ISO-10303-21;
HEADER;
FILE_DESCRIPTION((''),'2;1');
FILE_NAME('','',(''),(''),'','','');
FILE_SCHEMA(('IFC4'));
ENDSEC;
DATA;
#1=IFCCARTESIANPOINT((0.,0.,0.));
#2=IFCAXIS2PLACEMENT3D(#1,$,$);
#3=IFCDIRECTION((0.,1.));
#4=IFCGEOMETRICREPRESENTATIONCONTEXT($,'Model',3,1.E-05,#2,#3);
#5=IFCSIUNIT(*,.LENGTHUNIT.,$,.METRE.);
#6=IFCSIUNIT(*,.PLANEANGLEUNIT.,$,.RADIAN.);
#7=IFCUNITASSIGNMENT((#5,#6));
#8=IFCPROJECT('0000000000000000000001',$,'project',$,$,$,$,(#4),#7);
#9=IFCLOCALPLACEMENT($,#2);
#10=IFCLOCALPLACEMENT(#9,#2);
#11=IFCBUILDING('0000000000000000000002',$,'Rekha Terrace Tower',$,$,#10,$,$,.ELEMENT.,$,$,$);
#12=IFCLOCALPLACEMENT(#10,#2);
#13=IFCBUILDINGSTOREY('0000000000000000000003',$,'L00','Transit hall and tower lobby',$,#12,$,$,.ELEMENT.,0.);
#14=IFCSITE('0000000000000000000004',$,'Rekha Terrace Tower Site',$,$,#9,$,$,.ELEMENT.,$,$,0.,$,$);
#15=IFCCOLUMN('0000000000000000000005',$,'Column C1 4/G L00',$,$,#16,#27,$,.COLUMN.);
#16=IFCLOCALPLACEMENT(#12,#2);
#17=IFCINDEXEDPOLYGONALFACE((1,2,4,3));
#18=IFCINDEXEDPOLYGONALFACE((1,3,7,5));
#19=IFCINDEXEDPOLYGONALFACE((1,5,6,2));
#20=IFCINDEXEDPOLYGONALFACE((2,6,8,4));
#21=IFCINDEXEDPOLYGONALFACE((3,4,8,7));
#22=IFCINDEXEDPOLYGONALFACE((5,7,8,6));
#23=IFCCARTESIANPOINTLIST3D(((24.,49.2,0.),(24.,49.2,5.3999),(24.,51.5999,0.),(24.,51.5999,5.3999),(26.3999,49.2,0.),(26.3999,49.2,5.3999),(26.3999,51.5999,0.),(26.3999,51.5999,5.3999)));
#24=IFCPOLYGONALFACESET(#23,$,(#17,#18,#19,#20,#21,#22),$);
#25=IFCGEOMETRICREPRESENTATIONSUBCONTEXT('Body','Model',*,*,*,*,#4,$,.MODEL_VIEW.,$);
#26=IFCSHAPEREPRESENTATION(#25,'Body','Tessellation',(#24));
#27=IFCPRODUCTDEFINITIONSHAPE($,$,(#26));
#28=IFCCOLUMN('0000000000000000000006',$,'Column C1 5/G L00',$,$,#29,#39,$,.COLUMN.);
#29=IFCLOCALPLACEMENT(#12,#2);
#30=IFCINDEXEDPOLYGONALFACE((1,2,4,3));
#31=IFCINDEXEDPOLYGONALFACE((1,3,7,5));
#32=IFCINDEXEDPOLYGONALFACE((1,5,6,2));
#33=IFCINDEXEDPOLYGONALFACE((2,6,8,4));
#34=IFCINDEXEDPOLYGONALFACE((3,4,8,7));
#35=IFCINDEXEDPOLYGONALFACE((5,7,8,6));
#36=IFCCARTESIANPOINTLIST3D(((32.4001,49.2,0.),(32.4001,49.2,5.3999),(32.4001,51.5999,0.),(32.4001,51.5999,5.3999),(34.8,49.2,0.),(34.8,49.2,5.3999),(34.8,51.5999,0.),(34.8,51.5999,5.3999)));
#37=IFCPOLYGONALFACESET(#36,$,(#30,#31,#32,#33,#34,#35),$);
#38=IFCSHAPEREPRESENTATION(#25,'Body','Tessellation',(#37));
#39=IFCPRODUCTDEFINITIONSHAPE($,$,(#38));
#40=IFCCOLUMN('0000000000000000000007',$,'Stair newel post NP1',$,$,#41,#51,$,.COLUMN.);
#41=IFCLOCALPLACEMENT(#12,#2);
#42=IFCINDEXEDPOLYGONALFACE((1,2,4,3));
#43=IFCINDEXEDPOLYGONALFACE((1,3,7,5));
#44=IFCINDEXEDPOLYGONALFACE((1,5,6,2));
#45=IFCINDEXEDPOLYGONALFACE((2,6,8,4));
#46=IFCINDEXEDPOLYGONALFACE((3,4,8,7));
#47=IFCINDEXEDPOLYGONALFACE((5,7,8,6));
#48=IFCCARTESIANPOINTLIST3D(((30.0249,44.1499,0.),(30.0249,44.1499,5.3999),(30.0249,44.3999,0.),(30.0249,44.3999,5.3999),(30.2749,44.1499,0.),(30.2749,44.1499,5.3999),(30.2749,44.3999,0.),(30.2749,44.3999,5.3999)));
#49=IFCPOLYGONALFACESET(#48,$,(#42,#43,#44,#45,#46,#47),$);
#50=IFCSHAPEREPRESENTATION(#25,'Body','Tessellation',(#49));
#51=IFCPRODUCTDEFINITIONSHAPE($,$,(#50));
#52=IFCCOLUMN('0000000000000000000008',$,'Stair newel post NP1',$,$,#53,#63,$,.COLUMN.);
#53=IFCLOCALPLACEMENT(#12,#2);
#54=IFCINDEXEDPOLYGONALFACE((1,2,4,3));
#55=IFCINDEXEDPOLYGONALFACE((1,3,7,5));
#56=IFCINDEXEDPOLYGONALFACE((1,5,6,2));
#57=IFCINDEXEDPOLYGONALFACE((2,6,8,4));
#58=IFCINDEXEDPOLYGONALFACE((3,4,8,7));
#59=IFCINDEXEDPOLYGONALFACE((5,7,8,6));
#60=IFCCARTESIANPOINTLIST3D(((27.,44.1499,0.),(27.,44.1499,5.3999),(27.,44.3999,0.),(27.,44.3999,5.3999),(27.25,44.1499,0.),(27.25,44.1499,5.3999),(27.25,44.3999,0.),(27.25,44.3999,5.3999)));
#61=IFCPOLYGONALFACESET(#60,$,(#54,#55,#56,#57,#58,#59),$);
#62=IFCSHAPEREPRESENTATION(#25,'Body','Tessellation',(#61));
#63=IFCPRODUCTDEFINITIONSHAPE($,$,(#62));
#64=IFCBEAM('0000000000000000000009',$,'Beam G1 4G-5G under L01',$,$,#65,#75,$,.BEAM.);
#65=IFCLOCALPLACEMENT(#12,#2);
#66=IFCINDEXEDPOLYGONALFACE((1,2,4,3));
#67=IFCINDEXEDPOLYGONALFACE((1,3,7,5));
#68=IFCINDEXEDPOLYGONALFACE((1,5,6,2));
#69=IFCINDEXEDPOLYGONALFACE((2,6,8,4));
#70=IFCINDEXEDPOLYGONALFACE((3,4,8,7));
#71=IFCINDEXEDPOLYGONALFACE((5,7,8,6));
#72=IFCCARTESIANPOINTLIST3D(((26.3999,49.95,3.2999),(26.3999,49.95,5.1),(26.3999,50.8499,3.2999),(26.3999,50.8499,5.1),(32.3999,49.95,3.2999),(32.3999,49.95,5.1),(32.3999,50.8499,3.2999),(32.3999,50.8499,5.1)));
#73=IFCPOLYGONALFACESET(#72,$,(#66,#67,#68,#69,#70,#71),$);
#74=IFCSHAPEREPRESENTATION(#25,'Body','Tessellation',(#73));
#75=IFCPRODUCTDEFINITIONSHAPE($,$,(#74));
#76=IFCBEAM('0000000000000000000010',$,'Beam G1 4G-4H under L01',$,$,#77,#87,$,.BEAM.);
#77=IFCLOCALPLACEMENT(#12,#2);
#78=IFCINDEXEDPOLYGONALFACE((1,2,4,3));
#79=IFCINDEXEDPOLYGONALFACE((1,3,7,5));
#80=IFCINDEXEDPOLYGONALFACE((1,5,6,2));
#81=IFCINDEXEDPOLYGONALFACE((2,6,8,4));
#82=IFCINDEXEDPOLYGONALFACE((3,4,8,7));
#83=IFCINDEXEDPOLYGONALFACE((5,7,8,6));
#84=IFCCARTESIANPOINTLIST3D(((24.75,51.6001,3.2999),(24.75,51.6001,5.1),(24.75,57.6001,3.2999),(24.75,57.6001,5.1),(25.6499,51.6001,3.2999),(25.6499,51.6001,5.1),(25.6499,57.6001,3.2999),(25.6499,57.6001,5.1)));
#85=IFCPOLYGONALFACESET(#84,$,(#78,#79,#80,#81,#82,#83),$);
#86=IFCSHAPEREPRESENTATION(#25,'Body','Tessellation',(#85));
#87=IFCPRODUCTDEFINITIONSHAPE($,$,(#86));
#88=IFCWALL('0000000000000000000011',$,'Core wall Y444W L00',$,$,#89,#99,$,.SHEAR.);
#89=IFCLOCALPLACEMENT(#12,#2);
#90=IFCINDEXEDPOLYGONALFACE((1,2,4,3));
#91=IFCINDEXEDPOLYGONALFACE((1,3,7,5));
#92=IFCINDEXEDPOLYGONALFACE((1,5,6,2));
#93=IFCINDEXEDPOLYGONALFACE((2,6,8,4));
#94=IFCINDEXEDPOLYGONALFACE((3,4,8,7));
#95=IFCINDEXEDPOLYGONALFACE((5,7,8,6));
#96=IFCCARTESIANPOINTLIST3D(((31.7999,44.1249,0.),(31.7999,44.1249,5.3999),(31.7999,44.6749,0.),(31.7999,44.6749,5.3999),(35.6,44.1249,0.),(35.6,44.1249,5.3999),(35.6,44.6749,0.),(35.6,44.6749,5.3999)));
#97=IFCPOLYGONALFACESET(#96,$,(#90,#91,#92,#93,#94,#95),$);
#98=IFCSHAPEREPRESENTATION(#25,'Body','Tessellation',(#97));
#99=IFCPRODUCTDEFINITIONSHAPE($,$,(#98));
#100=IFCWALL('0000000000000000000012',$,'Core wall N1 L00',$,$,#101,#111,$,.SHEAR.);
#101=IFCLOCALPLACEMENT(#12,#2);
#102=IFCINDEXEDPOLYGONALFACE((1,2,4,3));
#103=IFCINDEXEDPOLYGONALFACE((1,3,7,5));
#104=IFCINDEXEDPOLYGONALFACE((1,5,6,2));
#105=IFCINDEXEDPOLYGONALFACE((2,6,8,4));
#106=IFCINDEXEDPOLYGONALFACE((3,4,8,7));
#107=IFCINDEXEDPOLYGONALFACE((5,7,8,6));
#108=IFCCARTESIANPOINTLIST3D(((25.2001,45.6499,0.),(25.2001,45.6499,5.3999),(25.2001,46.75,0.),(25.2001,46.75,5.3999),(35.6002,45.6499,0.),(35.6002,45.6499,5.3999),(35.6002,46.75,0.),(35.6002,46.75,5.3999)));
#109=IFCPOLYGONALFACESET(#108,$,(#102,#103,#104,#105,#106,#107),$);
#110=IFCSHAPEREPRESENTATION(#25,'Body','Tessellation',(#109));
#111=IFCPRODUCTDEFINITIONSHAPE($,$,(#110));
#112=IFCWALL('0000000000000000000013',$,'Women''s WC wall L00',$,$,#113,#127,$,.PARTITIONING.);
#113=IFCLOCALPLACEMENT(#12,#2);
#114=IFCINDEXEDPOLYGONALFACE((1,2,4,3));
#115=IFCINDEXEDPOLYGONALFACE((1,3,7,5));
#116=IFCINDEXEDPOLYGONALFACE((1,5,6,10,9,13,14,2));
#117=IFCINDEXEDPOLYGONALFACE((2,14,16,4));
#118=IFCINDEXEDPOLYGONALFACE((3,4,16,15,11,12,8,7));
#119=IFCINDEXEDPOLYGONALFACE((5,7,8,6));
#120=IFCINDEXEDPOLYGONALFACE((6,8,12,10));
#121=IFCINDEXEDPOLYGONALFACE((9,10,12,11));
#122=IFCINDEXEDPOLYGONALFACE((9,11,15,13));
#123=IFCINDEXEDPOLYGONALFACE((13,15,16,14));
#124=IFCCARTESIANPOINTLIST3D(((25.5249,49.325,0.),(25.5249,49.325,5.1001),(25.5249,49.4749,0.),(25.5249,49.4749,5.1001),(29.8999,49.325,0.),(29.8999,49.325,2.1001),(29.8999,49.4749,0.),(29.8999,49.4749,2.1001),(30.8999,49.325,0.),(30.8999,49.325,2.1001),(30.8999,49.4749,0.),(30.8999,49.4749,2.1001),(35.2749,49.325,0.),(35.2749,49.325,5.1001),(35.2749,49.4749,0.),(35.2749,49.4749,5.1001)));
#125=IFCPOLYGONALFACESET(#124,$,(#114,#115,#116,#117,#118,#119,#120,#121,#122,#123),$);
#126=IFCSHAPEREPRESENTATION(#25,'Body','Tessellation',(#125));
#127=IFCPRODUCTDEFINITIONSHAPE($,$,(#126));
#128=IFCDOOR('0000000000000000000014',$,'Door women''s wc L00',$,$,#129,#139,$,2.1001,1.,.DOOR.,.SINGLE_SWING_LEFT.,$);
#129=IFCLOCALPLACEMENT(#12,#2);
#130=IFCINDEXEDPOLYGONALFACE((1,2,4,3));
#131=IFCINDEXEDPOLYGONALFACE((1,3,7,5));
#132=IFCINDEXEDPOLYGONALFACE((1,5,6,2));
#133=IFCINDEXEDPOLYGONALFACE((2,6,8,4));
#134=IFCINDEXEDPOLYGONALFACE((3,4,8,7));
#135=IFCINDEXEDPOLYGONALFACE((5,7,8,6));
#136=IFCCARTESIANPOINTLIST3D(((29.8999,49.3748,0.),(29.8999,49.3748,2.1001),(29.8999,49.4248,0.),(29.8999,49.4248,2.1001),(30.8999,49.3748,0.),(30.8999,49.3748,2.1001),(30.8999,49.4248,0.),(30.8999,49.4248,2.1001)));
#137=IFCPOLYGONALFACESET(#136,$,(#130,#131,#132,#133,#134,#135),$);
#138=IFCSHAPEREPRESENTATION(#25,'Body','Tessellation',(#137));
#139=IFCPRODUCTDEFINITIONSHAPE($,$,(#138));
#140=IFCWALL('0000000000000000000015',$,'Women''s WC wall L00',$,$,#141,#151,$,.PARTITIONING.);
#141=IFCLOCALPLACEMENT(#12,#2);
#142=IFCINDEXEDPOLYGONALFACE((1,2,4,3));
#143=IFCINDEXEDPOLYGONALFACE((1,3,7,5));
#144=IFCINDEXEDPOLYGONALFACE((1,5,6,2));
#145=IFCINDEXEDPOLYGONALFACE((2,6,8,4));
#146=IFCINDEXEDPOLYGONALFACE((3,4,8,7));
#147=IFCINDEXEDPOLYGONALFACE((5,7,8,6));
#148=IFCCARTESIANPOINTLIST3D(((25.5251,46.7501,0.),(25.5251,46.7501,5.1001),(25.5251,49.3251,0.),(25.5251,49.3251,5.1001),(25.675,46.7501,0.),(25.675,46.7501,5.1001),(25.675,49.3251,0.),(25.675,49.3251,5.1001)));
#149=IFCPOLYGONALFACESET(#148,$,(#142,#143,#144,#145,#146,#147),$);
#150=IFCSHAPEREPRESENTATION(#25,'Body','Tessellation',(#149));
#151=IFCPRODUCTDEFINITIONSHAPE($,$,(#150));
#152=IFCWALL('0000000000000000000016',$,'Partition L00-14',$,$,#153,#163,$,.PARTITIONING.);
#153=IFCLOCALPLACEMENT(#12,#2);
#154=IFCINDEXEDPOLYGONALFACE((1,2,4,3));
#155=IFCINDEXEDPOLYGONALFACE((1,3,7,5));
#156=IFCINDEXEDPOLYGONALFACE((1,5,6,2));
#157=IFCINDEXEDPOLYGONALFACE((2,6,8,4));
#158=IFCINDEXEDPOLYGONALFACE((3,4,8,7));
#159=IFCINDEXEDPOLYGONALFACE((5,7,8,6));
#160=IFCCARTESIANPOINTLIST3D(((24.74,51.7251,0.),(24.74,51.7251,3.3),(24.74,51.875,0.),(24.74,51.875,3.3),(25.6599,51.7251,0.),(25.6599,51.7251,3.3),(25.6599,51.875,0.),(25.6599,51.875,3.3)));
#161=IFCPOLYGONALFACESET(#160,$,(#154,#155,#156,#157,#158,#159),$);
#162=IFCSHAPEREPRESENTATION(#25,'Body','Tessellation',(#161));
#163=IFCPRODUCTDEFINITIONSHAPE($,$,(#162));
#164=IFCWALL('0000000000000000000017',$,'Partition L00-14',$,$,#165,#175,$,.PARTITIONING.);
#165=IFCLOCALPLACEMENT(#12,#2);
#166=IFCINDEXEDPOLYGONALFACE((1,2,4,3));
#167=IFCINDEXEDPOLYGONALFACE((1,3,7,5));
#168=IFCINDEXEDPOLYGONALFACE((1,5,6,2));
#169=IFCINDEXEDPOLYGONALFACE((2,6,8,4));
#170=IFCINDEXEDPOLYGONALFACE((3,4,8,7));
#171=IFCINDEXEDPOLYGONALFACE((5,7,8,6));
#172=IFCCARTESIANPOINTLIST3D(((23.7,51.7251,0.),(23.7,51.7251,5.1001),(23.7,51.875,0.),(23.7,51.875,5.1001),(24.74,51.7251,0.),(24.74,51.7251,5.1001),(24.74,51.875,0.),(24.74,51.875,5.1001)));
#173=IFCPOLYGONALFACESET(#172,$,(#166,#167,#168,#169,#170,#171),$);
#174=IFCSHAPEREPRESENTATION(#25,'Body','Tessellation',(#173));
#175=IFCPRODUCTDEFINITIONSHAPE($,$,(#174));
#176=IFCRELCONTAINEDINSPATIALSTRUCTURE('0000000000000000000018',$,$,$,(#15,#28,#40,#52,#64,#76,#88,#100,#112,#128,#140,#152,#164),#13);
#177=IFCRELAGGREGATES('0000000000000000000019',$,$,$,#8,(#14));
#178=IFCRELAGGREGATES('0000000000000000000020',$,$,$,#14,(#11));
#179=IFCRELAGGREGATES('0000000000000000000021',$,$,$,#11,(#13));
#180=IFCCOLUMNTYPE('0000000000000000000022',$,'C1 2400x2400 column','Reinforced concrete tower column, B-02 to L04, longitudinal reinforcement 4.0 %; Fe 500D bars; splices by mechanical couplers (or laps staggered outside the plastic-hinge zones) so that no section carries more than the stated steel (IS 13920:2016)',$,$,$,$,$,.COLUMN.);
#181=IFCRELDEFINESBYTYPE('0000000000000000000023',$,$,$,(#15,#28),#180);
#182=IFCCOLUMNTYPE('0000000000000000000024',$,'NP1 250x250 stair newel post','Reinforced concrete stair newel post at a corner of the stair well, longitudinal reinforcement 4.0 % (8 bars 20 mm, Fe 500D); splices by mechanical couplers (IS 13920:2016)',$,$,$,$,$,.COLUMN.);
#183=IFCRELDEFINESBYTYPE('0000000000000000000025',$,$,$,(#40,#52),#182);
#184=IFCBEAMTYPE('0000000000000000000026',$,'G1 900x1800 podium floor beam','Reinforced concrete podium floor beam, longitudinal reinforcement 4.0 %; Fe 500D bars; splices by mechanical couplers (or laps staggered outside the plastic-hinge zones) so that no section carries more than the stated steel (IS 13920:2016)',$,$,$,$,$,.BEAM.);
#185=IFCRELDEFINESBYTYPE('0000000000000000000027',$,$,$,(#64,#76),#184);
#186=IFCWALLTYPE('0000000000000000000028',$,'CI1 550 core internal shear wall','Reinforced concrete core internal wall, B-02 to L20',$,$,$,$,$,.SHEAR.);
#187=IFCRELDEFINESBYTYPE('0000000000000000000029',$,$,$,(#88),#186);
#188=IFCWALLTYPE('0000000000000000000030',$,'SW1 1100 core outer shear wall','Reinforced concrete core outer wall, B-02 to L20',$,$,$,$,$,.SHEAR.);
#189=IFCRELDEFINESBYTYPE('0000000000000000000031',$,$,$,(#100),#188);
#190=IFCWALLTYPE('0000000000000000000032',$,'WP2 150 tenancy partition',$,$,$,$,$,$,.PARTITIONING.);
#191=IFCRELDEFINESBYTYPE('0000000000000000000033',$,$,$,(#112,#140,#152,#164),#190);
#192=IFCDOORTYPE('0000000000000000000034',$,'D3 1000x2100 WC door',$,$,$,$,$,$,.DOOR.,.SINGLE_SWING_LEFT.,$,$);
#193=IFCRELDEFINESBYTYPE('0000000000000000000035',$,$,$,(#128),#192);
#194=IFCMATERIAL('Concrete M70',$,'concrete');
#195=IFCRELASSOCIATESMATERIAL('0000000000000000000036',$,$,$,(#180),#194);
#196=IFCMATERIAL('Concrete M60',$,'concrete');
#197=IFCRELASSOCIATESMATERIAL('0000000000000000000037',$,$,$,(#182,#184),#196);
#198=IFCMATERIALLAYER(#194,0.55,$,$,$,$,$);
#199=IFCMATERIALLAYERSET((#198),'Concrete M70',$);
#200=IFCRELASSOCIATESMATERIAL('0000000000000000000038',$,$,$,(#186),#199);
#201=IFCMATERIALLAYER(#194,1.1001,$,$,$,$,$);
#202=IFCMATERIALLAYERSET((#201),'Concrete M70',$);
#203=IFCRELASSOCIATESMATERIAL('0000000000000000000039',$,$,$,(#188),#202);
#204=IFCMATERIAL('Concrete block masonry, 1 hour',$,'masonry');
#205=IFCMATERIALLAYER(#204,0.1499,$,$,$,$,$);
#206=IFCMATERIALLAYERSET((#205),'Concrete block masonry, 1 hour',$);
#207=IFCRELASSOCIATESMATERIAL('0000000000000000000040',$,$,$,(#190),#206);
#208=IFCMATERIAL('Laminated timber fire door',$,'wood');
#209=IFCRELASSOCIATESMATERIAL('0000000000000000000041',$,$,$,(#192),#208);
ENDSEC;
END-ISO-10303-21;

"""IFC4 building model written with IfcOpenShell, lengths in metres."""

from ifc_helpers import new_model, si_unit, direction, frame, frame_2d, origin, origin_2d, place, context, subcontext, project, spatial, rectangle, extrude, material, layer, layer_set, material_profile, profile_set, type_object, element, fill, save


model = new_model("IFC4")

# Units and contexts
model_context = context("Model", 3, precision=1e-05, world=origin(), true_north=direction((0.0, 1.0)))
body_context = subcontext(model_context, "Body", "Model", "MODEL_VIEW")
ifc_project = project(units=[si_unit("LENGTHUNIT", "METRE"), si_unit("PLANEANGLEUNIT", "RADIAN")], contexts=[model_context])

# Site, building, storey
site_placement = place(None, origin())
site = spatial("IfcSite", under=ifc_project, at=site_placement, Name="Rekha Terrace Tower Site", CompositionType="ELEMENT", RefElevation=0.0)
building_placement = place(site_placement, origin())
building = spatial("IfcBuilding", under=site, at=building_placement, Name="Rekha Terrace Tower", CompositionType="ELEMENT")
storey_placement = place(building_placement, origin())
storey = spatial("IfcBuildingStorey", under=building, at=storey_placement, Name="L00", Description="Transit hall and tower lobby", CompositionType="ELEMENT", Elevation=0.0)

# Columns
ifc_material_1 = material(Name="Concrete M70", Category="concrete")
ifc_material_profile_1 = material_profile(ifc_material_1, rectangle(XDim=2.3999, YDim=2.3999, at=origin_2d()), Name="RC 2400x2400")
ifc_profile_set_1 = profile_set([ifc_material_profile_1], Name="Concrete M70")
column_type_1 = type_object("IfcColumnType", Name="C1 2400x2400 column", Description="Reinforced concrete tower column, B-02 to L04, longitudinal reinforcement 4.0 %; Fe 500D bars; splices by mechanical couplers (or laps staggered outside the plastic-hinge zones) so that no section carries more than the stated steel (IS 13920:2016)", PredefinedType="COLUMN", material=ifc_profile_set_1)
for number, where, z_axis, x_axis, name in (
    (1, (25.2, 50.3999, 0.0), (0.0, 0.0, 1.0), (1.0, 0.0, 0.0), "Column C1 4/G L00"),
    (2, (33.6001, 50.3999, 0.0), (0.0, 0.0, 1.0), (1.0, 0.0, 0.0), "Column C1 5/G L00"),
):
    element("IfcColumn", number, at=place(storey_placement, frame(where, z_axis=z_axis, x_axis=x_axis)), inside=storey, type_object=column_type_1, Name=name, PredefinedType="COLUMN", context=body_context, shape_type="SweptSolid", body=[
        extrude(rectangle(XDim=2.3999, YDim=2.3999, at=origin_2d()), origin(), (0.0, 0.0, 1.0), 5.3999),
    ])
ifc_material_2 = material(Name="Concrete M60", Category="concrete")
ifc_material_profile_2 = material_profile(ifc_material_2, rectangle(XDim=0.25, YDim=0.25, at=origin_2d()), Name="RC 250x250")
ifc_profile_set_2 = profile_set([ifc_material_profile_2], Name="Concrete M60")
column_type_2 = type_object("IfcColumnType", Name="NP1 250x250 stair newel post", Description="Reinforced concrete stair newel post at a corner of the stair well, longitudinal reinforcement 4.0 % (8 bars 20 mm, Fe 500D); splices by mechanical couplers (IS 13920:2016)", PredefinedType="COLUMN", material=ifc_profile_set_2)
for number, where, z_axis, x_axis, name in (
    (3, (30.1499, 44.2749, 0.0), (0.0, 0.0, 1.0), (1.0, 0.0, 0.0), "Stair newel post NP1"),
    (4, (27.125, 44.2749, 0.0), (0.0, 0.0, 1.0), (1.0, 0.0, 0.0), "Stair newel post NP1"),
):
    element("IfcColumn", number, at=place(storey_placement, frame(where, z_axis=z_axis, x_axis=x_axis)), inside=storey, type_object=column_type_2, Name=name, PredefinedType="COLUMN", context=body_context, shape_type="SweptSolid", body=[
        extrude(rectangle(XDim=0.25, YDim=0.25, at=origin_2d()), origin(), (0.0, 0.0, 1.0), 5.3999),
    ])

# Beams
ifc_material_profile_3 = material_profile(ifc_material_2, rectangle(XDim=0.8999, YDim=1.8, at=origin_2d()), Name="RC 900x1800")
ifc_profile_set_3 = profile_set([ifc_material_profile_3], Name="Concrete M60")
beam_type = type_object("IfcBeamType", Name="G1 900x1800 podium floor beam", Description="Reinforced concrete podium floor beam, longitudinal reinforcement 4.0 %; Fe 500D bars; splices by mechanical couplers (or laps staggered outside the plastic-hinge zones) so that no section carries more than the stated steel (IS 13920:2016)", PredefinedType="BEAM", material=ifc_profile_set_3)
for number, where, z_axis, x_axis, name in (
    (5, (26.3999, 50.3999, 4.2), (1.0, 0.0, 0.0), (0.0, 1.0, 0.0), "Beam G1 4G-5G under L01"),
    (6, (25.2, 51.6001, 4.2), (0.0, 1.0, 0.0), (-1.0, 0.0, 0.0), "Beam G1 4G-4H under L01"),
):
    element("IfcBeam", number, at=place(storey_placement, frame(where, z_axis=z_axis, x_axis=x_axis)), inside=storey, type_object=beam_type, Name=name, PredefinedType="BEAM", context=body_context, shape_type="SweptSolid", body=[
        extrude(rectangle(XDim=0.8999, YDim=1.8, at=origin_2d()), origin(), (0.0, 0.0, 1.0), 6.0),
    ])

# Walls
ifc_layer_1 = layer(ifc_material_1, 0.55)
ifc_layer_set_1 = layer_set([ifc_layer_1], Name="Concrete M70")
wall_type_1 = type_object("IfcWallType", Name="CI1 550 core internal shear wall", Description="Reinforced concrete core internal wall, B-02 to L20", PredefinedType="SHEAR", material=ifc_layer_set_1)
wall_1_placement = place(storey_placement, frame((31.8, 44.3999, 0.0), z_axis=(0.0, 0.0, 1.0), x_axis=(1.0, 0.0, 0.0)))
element("IfcWall", 7, at=wall_1_placement, inside=storey, type_object=wall_type_1, Name="Core wall Y444W L00", PredefinedType="SHEAR", context=body_context, shape_type="SweptSolid", body=[
    extrude(rectangle(XDim=3.8, YDim=0.55, at=frame_2d((1.8999, 0.0))), origin(), (0.0, 0.0, 1.0), 5.3999),
])
ifc_layer_2 = layer(ifc_material_1, 1.1001)
ifc_layer_set_2 = layer_set([ifc_layer_2], Name="Concrete M70")
wall_type_2 = type_object("IfcWallType", Name="SW1 1100 core outer shear wall", Description="Reinforced concrete core outer wall, B-02 to L20", PredefinedType="SHEAR", material=ifc_layer_set_2)
wall_2_placement = place(storey_placement, frame((25.2, 46.2, 0.0), z_axis=(0.0, 0.0, 1.0), x_axis=(1.0, 0.0, 0.0)))
element("IfcWall", 8, at=wall_2_placement, inside=storey, type_object=wall_type_2, Name="Core wall N1 L00", PredefinedType="SHEAR", context=body_context, shape_type="SweptSolid", body=[
    extrude(rectangle(XDim=10.4001, YDim=1.1001, at=frame_2d((5.2002, 0.0))), origin(), (0.0, 0.0, 1.0), 5.3999),
])

# Wall, opening, door
ifc_material_3 = material(Name="Concrete block masonry, 1 hour", Category="masonry")
ifc_layer_3 = layer(ifc_material_3, 0.1499)
ifc_layer_set_3 = layer_set([ifc_layer_3], Name="Concrete block masonry, 1 hour")
wall_type_3 = type_object("IfcWallType", Name="WP2 150 tenancy partition", PredefinedType="PARTITIONING", material=ifc_layer_set_3)
wall_3_placement = place(storey_placement, frame((25.5249, 49.3999, 0.0), z_axis=(0.0, 0.0, 1.0), x_axis=(1.0, 0.0, 0.0)))
wall_3 = element("IfcWall", 9, at=wall_3_placement, inside=storey, type_object=wall_type_3, Name="Women's WC wall L00", PredefinedType="PARTITIONING", context=body_context, shape_type="SweptSolid", body=[
    extrude(rectangle(XDim=9.75, YDim=0.1499, at=frame_2d((4.875, 0.0))), origin(), (0.0, 0.0, 1.0), 5.1001),
])
opening_1_placement = place(wall_3_placement, frame((4.375, 0.0, 0.0)))
opening_1 = element("IfcOpeningElement", 10, at=opening_1_placement, cuts=wall_3, PredefinedType="OPENING", context=body_context, shape_type="SweptSolid", body=[
    extrude(rectangle(XDim=1.0, YDim=2.1001, at=frame_2d((0.5, 1.05))), frame((0.0, 0.085, 0.0), z_axis=(0.0, -1.0, 0.0), x_axis=(1.0, 0.0, 0.0)), (0.0, 0.0, 1.0), 0.1699),
])
ifc_material_4 = material(Name="Laminated timber fire door", Category="wood")
door_type_1 = type_object("IfcDoorType", Name="D3 1000x2100 WC door", OperationType="SINGLE_SWING_LEFT", PredefinedType="DOOR", material=ifc_material_4)
door_1_placement = place(opening_1_placement, origin())
door_1 = element("IfcDoor", 11, at=door_1_placement, inside=storey, type_object=door_type_1, Name="Door women's wc L00", OperationType="SINGLE_SWING_LEFT", OverallHeight=2.1001, OverallWidth=1.0, PredefinedType="DOOR", context=body_context, shape_type="SweptSolid", body=[
    extrude(rectangle(XDim=1.0, YDim=2.1001, at=frame_2d((0.5, 1.05))), frame((0.0, 0.0249, 0.0), z_axis=(0.0, -1.0, 0.0), x_axis=(1.0, 0.0, 0.0)), (0.0, 0.0, 1.0), 0.05),
])
fill(opening_1, door_1)

# Wall
wall_4_placement = place(storey_placement, frame((25.6001, 46.75, 0.0), z_axis=(0.0, 0.0, 1.0), x_axis=(0.0, 1.0, 0.0)))
element("IfcWall", 12, at=wall_4_placement, inside=storey, type_object=wall_type_3, Name="Women's WC wall L00", PredefinedType="PARTITIONING", context=body_context, shape_type="SweptSolid", body=[
    extrude(rectangle(XDim=2.575, YDim=0.1499, at=frame_2d((1.2876, 0.0))), origin(), (0.0, 0.0, 1.0), 5.1001),
])

# Walls
wall_5_placement = place(storey_placement, frame((25.6599, 51.8, 0.0), z_axis=(0.0, 0.0, 1.0), x_axis=(-1.0, 0.0, 0.0)))
element("IfcWall", 13, at=wall_5_placement, inside=storey, type_object=wall_type_3, Name="Partition L00-14", PredefinedType="PARTITIONING", context=body_context, shape_type="SweptSolid", body=[
    extrude(rectangle(XDim=0.9199, YDim=0.1499, at=frame_2d((0.46, 0.0))), origin(), (0.0, 0.0, 1.0), 3.3),
])
wall_6_placement = place(storey_placement, frame((24.74, 51.8, 0.0), z_axis=(0.0, 0.0, 1.0), x_axis=(-1.0, 0.0, 0.0)))
element("IfcWall", 14, at=wall_6_placement, inside=storey, type_object=wall_type_3, Name="Partition L00-14", PredefinedType="PARTITIONING", context=body_context, shape_type="SweptSolid", body=[
    extrude(rectangle(XDim=1.04, YDim=0.1499, at=frame_2d((0.52, 0.0))), origin(), (0.0, 0.0, 1.0), 5.1001),
])

save(model, "model.ifc")
